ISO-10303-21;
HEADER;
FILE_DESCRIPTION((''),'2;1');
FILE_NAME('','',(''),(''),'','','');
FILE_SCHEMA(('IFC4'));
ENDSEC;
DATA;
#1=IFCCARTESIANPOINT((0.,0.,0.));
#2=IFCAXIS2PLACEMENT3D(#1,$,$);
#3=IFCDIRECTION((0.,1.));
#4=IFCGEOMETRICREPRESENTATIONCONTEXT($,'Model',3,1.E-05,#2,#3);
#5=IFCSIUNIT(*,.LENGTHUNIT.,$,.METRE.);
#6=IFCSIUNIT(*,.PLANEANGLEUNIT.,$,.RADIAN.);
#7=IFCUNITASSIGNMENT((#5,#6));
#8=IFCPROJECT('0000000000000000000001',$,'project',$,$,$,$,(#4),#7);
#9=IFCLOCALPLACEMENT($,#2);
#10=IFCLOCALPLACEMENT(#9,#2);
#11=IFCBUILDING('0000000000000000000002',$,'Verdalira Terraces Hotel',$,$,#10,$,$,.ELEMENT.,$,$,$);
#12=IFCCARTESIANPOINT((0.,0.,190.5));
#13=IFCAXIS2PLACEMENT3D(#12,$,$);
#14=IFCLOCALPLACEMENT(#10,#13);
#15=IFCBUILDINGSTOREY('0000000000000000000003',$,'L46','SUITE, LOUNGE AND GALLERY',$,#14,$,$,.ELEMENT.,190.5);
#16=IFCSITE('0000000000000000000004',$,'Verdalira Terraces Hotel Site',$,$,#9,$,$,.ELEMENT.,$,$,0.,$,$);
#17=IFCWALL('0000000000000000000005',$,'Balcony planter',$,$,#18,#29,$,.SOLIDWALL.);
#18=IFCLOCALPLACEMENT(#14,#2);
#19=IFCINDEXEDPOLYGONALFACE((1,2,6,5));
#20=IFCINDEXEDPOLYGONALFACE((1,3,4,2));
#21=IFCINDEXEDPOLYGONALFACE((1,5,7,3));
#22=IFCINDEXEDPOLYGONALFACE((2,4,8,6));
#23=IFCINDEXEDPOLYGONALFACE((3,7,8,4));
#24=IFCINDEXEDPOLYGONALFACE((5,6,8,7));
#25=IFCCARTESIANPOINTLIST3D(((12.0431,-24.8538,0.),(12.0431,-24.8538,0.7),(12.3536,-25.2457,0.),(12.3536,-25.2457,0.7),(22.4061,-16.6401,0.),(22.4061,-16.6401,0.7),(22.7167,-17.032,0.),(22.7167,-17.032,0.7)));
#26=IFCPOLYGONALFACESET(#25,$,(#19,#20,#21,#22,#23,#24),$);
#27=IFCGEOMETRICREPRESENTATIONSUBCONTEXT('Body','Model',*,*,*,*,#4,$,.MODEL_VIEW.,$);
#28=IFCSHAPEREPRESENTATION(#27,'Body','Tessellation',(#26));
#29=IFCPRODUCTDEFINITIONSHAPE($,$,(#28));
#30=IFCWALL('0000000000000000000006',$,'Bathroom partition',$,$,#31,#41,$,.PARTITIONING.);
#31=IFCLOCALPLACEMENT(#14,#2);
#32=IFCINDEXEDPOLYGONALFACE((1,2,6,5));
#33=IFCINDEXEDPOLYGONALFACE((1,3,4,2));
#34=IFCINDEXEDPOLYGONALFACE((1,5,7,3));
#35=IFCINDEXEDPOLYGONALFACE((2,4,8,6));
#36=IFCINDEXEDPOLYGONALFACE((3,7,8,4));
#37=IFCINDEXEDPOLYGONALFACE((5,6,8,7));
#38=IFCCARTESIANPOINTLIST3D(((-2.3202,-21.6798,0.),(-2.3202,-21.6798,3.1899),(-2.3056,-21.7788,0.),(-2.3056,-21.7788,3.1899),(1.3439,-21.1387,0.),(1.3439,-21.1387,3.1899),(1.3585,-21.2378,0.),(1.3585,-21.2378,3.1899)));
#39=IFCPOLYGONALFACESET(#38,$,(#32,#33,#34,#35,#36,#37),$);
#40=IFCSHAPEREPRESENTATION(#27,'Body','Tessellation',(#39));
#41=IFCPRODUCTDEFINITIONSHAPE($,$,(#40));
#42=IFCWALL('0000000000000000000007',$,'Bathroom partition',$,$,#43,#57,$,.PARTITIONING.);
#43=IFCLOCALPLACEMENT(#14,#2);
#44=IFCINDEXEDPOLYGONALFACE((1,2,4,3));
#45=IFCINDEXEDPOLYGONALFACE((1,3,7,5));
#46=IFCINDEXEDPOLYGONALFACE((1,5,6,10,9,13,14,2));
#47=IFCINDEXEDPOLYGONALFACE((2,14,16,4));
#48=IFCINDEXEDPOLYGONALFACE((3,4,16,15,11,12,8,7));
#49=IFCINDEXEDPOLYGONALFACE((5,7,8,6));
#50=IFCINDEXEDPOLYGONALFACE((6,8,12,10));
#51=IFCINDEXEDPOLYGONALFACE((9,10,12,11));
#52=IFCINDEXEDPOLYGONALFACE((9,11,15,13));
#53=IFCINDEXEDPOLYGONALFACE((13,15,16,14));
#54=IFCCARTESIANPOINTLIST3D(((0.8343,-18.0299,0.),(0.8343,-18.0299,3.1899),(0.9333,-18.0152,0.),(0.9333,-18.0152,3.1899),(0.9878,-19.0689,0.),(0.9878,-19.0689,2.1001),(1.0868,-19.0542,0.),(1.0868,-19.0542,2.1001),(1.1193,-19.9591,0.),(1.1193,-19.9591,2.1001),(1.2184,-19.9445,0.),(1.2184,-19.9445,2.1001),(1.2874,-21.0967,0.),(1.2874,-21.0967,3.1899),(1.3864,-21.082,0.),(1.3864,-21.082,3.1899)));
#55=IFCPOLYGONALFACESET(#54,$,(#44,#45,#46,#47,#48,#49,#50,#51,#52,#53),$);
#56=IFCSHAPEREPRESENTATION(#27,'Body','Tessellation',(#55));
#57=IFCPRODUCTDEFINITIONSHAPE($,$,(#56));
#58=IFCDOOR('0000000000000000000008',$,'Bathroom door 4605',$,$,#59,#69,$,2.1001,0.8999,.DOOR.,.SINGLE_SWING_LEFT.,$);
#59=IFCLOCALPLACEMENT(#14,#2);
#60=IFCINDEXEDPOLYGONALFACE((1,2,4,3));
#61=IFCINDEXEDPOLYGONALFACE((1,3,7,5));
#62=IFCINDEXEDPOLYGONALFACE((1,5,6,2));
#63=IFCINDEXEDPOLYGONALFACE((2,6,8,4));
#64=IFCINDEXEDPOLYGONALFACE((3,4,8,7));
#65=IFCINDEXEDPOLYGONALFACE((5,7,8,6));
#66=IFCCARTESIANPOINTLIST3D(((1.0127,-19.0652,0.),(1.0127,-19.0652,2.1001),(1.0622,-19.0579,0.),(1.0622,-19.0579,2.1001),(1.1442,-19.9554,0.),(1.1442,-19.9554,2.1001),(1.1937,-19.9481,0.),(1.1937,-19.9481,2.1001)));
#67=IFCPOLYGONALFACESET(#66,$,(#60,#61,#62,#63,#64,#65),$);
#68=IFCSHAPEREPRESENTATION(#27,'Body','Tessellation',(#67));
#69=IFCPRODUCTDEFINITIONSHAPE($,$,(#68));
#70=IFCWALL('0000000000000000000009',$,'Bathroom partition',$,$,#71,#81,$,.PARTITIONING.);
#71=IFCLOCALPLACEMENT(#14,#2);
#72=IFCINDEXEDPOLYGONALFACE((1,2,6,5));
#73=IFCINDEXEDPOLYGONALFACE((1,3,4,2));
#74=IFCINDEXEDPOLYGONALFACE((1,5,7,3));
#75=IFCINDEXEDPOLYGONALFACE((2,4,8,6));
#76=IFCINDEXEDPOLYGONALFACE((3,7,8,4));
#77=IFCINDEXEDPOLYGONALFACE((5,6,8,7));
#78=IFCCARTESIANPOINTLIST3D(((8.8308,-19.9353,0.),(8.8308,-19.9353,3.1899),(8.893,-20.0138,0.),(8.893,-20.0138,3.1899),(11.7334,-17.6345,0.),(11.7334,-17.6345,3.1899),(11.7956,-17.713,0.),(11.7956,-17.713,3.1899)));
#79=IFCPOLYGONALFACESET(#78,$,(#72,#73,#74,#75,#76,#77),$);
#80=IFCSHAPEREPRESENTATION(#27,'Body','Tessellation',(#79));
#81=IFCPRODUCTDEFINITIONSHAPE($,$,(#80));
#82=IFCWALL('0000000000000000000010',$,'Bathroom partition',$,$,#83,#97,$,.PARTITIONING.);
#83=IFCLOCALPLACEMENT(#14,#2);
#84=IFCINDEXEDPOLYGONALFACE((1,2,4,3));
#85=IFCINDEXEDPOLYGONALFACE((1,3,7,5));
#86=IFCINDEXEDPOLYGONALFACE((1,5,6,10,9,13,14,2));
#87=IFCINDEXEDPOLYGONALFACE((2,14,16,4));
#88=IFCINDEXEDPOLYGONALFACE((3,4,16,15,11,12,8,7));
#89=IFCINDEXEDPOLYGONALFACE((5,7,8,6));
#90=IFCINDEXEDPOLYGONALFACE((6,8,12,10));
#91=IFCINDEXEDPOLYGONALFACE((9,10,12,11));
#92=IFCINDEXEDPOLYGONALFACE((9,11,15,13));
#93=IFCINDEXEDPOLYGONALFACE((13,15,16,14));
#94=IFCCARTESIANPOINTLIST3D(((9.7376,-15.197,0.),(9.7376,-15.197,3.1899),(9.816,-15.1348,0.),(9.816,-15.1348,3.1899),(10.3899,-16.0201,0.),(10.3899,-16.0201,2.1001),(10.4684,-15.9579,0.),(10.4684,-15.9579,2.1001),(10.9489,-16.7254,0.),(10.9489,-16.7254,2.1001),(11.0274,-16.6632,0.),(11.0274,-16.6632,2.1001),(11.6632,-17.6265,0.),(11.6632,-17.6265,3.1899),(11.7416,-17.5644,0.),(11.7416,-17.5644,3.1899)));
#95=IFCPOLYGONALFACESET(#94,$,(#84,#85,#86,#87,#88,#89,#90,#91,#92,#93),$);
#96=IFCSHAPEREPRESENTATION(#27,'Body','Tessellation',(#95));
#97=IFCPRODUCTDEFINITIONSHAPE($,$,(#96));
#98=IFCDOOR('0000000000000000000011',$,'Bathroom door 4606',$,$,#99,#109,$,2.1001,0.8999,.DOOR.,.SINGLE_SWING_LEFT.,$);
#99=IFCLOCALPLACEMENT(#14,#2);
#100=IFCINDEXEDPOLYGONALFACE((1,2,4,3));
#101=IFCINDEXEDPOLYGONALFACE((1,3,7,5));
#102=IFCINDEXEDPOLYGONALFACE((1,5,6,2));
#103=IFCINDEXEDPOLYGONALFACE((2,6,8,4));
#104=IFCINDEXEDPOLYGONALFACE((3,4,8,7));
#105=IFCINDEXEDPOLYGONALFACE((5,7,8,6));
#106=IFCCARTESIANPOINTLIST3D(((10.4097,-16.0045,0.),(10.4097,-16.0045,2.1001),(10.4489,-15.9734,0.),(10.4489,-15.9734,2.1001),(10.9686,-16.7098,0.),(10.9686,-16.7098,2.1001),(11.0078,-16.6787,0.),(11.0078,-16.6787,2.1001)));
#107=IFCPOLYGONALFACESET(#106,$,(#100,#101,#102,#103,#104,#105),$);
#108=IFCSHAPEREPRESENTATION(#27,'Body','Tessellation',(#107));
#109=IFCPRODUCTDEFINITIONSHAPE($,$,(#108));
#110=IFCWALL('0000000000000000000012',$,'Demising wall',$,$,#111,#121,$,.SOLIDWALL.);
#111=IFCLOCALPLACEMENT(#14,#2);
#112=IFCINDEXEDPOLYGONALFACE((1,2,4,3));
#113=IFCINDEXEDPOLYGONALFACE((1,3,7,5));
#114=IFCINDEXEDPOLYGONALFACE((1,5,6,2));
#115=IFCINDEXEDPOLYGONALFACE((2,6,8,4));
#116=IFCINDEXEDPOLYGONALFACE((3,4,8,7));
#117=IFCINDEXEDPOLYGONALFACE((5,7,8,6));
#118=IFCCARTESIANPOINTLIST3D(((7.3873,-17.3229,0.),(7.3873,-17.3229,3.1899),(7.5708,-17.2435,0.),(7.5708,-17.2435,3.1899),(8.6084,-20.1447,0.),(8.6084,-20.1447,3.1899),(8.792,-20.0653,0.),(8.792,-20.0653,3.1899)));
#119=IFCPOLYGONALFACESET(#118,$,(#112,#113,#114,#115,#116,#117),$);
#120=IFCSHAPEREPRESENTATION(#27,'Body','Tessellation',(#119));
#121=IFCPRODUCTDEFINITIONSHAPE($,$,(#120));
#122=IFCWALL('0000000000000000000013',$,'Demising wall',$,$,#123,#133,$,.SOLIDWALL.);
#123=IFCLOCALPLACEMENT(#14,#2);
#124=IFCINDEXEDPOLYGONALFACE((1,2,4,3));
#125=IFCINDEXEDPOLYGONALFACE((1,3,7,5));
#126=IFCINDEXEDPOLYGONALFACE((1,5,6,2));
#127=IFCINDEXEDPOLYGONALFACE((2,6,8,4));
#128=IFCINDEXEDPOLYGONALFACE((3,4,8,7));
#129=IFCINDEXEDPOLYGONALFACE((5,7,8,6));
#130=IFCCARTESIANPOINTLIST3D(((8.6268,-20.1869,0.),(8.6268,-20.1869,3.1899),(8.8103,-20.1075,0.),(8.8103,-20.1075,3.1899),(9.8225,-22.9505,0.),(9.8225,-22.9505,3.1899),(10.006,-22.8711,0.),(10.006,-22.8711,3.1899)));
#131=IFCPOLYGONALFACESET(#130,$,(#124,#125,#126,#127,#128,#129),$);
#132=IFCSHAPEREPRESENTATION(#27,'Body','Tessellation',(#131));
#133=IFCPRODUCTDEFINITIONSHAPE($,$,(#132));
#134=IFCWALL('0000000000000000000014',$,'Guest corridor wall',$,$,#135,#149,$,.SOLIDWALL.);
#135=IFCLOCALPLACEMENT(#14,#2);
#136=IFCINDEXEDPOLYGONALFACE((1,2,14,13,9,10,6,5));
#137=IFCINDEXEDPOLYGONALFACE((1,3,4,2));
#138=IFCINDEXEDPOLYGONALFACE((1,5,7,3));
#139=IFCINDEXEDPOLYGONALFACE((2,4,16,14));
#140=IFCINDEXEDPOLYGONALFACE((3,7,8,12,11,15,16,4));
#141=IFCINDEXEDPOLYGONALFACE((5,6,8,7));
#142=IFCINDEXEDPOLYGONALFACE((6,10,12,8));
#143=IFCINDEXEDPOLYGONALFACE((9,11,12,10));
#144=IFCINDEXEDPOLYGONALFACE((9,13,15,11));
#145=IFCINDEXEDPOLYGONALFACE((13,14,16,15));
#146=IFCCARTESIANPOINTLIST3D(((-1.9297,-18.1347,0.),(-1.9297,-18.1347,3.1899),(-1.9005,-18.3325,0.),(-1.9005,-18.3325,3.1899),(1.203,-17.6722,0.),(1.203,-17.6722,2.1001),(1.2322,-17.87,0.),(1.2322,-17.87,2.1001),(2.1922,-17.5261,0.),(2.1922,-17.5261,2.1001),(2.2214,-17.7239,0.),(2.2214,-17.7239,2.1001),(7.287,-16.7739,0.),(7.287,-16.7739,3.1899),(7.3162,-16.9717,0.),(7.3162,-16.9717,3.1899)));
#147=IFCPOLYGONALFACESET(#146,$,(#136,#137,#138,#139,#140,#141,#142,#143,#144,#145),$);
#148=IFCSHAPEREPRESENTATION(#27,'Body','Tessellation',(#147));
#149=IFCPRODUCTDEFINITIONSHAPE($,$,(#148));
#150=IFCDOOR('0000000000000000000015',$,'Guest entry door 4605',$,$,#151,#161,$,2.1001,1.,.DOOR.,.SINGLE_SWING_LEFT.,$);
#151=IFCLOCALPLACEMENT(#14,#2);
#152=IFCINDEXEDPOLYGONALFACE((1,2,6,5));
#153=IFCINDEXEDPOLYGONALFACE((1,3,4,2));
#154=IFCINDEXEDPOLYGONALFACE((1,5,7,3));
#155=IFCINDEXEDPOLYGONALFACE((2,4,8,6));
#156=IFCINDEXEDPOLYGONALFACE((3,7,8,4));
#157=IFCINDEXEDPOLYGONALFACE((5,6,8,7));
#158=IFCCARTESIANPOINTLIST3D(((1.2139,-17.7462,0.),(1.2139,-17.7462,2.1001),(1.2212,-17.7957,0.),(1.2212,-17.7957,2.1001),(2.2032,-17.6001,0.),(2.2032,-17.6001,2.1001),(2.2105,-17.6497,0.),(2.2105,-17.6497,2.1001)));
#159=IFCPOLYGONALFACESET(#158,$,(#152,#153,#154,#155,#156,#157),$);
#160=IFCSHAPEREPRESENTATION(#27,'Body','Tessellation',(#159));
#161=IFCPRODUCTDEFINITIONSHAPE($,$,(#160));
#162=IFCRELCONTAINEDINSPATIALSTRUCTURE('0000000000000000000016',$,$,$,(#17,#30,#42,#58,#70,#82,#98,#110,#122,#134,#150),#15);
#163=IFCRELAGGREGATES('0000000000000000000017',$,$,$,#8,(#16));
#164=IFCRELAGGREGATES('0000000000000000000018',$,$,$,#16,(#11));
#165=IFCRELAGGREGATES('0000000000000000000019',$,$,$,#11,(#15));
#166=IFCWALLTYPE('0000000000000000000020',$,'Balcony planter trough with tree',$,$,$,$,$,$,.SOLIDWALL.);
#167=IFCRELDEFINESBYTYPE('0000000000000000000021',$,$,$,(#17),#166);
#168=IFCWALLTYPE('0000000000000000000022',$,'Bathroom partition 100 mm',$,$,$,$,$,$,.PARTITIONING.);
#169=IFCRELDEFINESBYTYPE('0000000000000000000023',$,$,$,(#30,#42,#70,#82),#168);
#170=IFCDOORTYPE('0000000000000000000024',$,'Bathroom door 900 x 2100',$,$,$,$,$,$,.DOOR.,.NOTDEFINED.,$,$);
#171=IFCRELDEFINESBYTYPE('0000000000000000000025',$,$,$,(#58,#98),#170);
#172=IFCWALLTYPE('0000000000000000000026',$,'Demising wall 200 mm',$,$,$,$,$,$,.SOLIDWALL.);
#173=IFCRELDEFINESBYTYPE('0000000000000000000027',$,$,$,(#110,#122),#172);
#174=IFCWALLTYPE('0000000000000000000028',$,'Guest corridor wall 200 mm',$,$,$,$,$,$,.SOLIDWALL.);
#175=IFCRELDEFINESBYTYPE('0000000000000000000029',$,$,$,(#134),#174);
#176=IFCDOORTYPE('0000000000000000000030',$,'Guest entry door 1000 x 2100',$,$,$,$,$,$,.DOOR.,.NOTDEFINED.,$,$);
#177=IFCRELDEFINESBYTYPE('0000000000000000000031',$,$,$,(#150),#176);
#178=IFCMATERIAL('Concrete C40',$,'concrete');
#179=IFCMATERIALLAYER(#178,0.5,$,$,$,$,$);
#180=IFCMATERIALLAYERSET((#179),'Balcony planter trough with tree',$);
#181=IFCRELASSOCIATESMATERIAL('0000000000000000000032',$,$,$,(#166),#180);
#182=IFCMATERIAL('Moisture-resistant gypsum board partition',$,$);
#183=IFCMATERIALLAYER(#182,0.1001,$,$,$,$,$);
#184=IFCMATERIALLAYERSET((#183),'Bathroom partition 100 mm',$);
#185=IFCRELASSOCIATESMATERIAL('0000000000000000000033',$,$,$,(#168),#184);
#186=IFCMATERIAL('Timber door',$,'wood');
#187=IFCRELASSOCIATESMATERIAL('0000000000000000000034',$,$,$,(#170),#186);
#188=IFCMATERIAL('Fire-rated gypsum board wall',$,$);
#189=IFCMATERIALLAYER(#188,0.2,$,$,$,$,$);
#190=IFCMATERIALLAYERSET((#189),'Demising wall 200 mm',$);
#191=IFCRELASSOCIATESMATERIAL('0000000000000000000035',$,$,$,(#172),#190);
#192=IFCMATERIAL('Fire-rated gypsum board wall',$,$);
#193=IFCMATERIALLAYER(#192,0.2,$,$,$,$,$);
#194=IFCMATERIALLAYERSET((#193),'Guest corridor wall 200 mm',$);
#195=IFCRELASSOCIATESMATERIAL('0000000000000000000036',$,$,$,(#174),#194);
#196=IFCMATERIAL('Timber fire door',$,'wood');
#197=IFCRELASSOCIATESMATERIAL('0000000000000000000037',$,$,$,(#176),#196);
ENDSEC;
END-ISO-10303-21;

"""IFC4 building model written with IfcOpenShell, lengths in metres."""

from ifc_helpers import new_model, si_unit, direction, frame, frame_2d, origin, place, context, subcontext, project, spatial, rectangle, extrude, material, layer, layer_set, type_object, element, fill, save


model = new_model("IFC4")

# Units and contexts
model_context = context("Model", 3, precision=1e-05, world=origin(), true_north=direction((0.0, 1.0)))
body_context = subcontext(model_context, "Body", "Model", "MODEL_VIEW")
ifc_project = project(units=[si_unit("LENGTHUNIT", "METRE"), si_unit("PLANEANGLEUNIT", "RADIAN")], contexts=[model_context])

# Site, building, storey
site_placement = place(None, origin())
site = spatial("IfcSite", under=ifc_project, at=site_placement, Name="Verdalira Terraces Hotel Site", CompositionType="ELEMENT", RefElevation=0.0)
building_placement = place(site_placement, origin())
building = spatial("IfcBuilding", under=site, at=building_placement, Name="Verdalira Terraces Hotel", CompositionType="ELEMENT")
storey_placement = place(building_placement, frame((0.0, 0.0, 190.5)))
storey = spatial("IfcBuildingStorey", under=building, at=storey_placement, Name="L46", Description="SUITE, LOUNGE AND GALLERY", CompositionType="ELEMENT", Elevation=190.5)

# Walls
ifc_material_1 = material(Name="Concrete C40", Category="concrete")
ifc_layer_1 = layer(ifc_material_1, 0.5)
ifc_layer_set_1 = layer_set([ifc_layer_1], Name="Balcony planter trough with tree")
wall_type_1 = type_object("IfcWallType", Name="Balcony planter trough with tree", PredefinedType="SOLIDWALL", material=ifc_layer_set_1)
wall_1_placement = place(storey_placement, frame((12.1982, -25.0498, 0.0), z_axis=(0.0, 0.0, 1.0), x_axis=(0.783694, 0.621147, 0.0)))
element("IfcWall", 1, at=wall_1_placement, inside=storey, type_object=wall_type_1, Name="Balcony planter", PredefinedType="SOLIDWALL", context=body_context, shape_type="SweptSolid", body=[
    extrude(rectangle(XDim=13.2234, YDim=0.5, at=frame_2d((6.6118, 0.0))), origin(), (0.0, 0.0, 1.0), 0.7),
])
ifc_material_2 = material(Name="Moisture-resistant gypsum board partition")
ifc_layer_2 = layer(ifc_material_2, 0.1001)
ifc_layer_set_2 = layer_set([ifc_layer_2], Name="Bathroom partition 100 mm")
wall_type_2 = type_object("IfcWallType", Name="Bathroom partition 100 mm", PredefinedType="PARTITIONING", material=ifc_layer_set_2)
wall_2_placement = place(storey_placement, frame((1.3513, -21.1882, 0.0), z_axis=(0.0, 0.0, 1.0), x_axis=(-0.989274, -0.146071, 0.0)))
element("IfcWall", 2, at=wall_2_placement, inside=storey, type_object=wall_type_2, Name="Bathroom partition", PredefinedType="PARTITIONING", context=body_context, shape_type="SweptSolid", body=[
    extrude(rectangle(XDim=3.7039, YDim=0.1001, at=frame_2d((1.8521, 0.0))), origin(), (0.0, 0.0, 1.0), 3.1899),
])

# Wall, opening, door
wall_3_placement = place(storey_placement, frame((1.3369, -21.0894, 0.0), z_axis=(0.0, 0.0, 1.0), x_axis=(-0.146161, 0.989261, 0.0)))
wall_3 = element("IfcWall", 3, at=wall_3_placement, inside=storey, type_object=wall_type_2, Name="Bathroom partition", PredefinedType="PARTITIONING", context=body_context, shape_type="SweptSolid", body=[
    extrude(rectangle(XDim=3.1001, YDim=0.1001, at=frame_2d((1.55, 0.0))), origin(), (0.0, 0.0, 1.0), 3.1899),
])
opening_1_placement = place(wall_3_placement, frame((1.1499, 0.0, 0.0)))
opening_1 = element("IfcOpeningElement", 4, at=opening_1_placement, cuts=wall_3, PredefinedType="OPENING", context=body_context, shape_type="SweptSolid", body=[
    extrude(rectangle(XDim=0.8999, YDim=2.1001, at=frame_2d((0.45, 1.05))), frame((0.0, 0.0601, 0.0), z_axis=(0.0, -1.0, 0.0), x_axis=(1.0, 0.0, 0.0)), (0.0, 0.0, 1.0), 0.1201),
])
ifc_material_3 = material(Name="Timber door", Category="wood")
door_type_1 = type_object("IfcDoorType", Name="Bathroom door 900 x 2100", OperationType="NOTDEFINED", PredefinedType="DOOR", material=ifc_material_3)
door_1_placement = place(opening_1_placement, origin())
door_1 = element("IfcDoor", 5, at=door_1_placement, inside=storey, type_object=door_type_1, Name="Bathroom door 4605", OperationType="SINGLE_SWING_LEFT", OverallHeight=2.1001, OverallWidth=0.8999, PredefinedType="DOOR", context=body_context, shape_type="SweptSolid", body=[
    extrude(rectangle(XDim=0.8999, YDim=2.1001, at=frame_2d((0.45, 1.05))), frame((0.0, 0.0249, 0.0), z_axis=(0.0, -1.0, 0.0), x_axis=(1.0, 0.0, 0.0)), (0.0, 0.0, 1.0), 0.05),
])
fill(opening_1, door_1)

# Wall
wall_4_placement = place(storey_placement, frame((8.8618, -19.9746, 0.0), z_axis=(0.0, 0.0, 1.0), x_axis=(0.783665, 0.621184, 0.0)))
element("IfcWall", 6, at=wall_4_placement, inside=storey, type_object=wall_type_2, Name="Bathroom partition", PredefinedType="PARTITIONING", context=body_context, shape_type="SweptSolid", body=[
    extrude(rectangle(XDim=3.7039, YDim=0.1001, at=frame_2d((1.8521, 0.0))), origin(), (0.0, 0.0, 1.0), 3.1899),
])

# Wall, opening, door
wall_5_placement = place(storey_placement, frame((11.7024, -17.5955, 0.0), z_axis=(0.0, 0.0, 1.0), x_axis=(-0.621145, 0.783696, 0.0)))
wall_5 = element("IfcWall", 7, at=wall_5_placement, inside=storey, type_object=wall_type_2, Name="Bathroom partition", PredefinedType="PARTITIONING", context=body_context, shape_type="SweptSolid", body=[
    extrude(rectangle(XDim=3.1001, YDim=0.1001, at=frame_2d((1.55, 0.0))), origin(), (0.0, 0.0, 1.0), 3.1899),
])
opening_2_placement = place(wall_5_placement, frame((1.1499, 0.0, 0.0)))
opening_2 = element("IfcOpeningElement", 8, at=opening_2_placement, cuts=wall_5, PredefinedType="OPENING", context=body_context, shape_type="SweptSolid", body=[
    extrude(rectangle(XDim=0.8999, YDim=2.1001, at=frame_2d((0.45, 1.05))), frame((0.0, 0.0601, 0.0), z_axis=(0.0, -1.0, 0.0), x_axis=(1.0, 0.0, 0.0)), (0.0, 0.0, 1.0), 0.1201),
])
door_2_placement = place(opening_2_placement, origin())
door_2 = element("IfcDoor", 9, at=door_2_placement, inside=storey, type_object=door_type_1, Name="Bathroom door 4606", OperationType="SINGLE_SWING_LEFT", OverallHeight=2.1001, OverallWidth=0.8999, PredefinedType="DOOR", context=body_context, shape_type="SweptSolid", body=[
    extrude(rectangle(XDim=0.8999, YDim=2.1001, at=frame_2d((0.45, 1.05))), frame((0.0, 0.0249, 0.0), z_axis=(0.0, -1.0, 0.0), x_axis=(1.0, 0.0, 0.0)), (0.0, 0.0, 1.0), 0.05),
])
fill(opening_2, door_2)

# Walls
ifc_material_4 = material(Name="Fire-rated gypsum board wall")
ifc_layer_3 = layer(ifc_material_4, 0.2)
ifc_layer_set_3 = layer_set([ifc_layer_3], Name="Demising wall 200 mm")
wall_type_3 = type_object("IfcWallType", Name="Demising wall 200 mm", PredefinedType="SOLIDWALL", material=ifc_layer_set_3)
wall_6_placement = place(storey_placement, frame((7.479, -17.2832, 0.0), z_axis=(0.0, 0.0, 1.0), x_axis=(0.397175, -0.917743, 0.0)))
element("IfcWall", 10, at=wall_6_placement, inside=storey, type_object=wall_type_3, Name="Demising wall", PredefinedType="SOLIDWALL", context=body_context, shape_type="SweptSolid", body=[
    extrude(rectangle(XDim=3.0747, YDim=0.2, at=frame_2d((1.5374, 0.0))), origin(), (0.0, 0.0, 1.0), 3.1899),
])
wall_7_placement = place(storey_placement, frame((8.7185, -20.1472, 0.0), z_axis=(0.0, 0.0, 1.0), x_axis=(0.397107, -0.917772, 0.0)))
element("IfcWall", 11, at=wall_7_placement, inside=storey, type_object=wall_type_3, Name="Demising wall", PredefinedType="SOLIDWALL", context=body_context, shape_type="SweptSolid", body=[
    extrude(rectangle(XDim=3.0112, YDim=0.2, at=frame_2d((1.5056, 0.0))), origin(), (0.0, 0.0, 1.0), 3.1899),
])

# Wall, opening, door
ifc_material_5 = material(Name="Fire-rated gypsum board wall")
ifc_layer_4 = layer(ifc_material_5, 0.2)
ifc_layer_set_4 = layer_set([ifc_layer_4], Name="Guest corridor wall 200 mm")
wall_type_4 = type_object("IfcWallType", Name="Guest corridor wall 200 mm", PredefinedType="SOLIDWALL", material=ifc_layer_set_4)
wall_8_placement = place(storey_placement, frame((7.3015, -16.8728, 0.0), z_axis=(0.0, 0.0, 1.0), x_axis=(-0.989275, -0.146064, 0.0)))
wall_8 = element("IfcWall", 12, at=wall_8_placement, inside=storey, type_object=wall_type_4, Name="Guest corridor wall", PredefinedType="SOLIDWALL", context=body_context, shape_type="SweptSolid", body=[
    extrude(rectangle(XDim=9.3166, YDim=0.2, at=frame_2d((4.6582, 0.0))), origin(), (0.0, 0.0, 1.0), 3.1899),
])
opening_3_placement = place(wall_8_placement, frame((5.1499, 0.0, 0.0)))
opening_3 = element("IfcOpeningElement", 13, at=opening_3_placement, cuts=wall_8, PredefinedType="OPENING", context=body_context, shape_type="SweptSolid", body=[
    extrude(rectangle(XDim=1.0, YDim=2.1001, at=frame_2d((0.5, 1.05))), frame((0.0, 0.1099, 0.0), z_axis=(0.0, -1.0, 0.0), x_axis=(1.0, 0.0, 0.0)), (0.0, 0.0, 1.0), 0.22),
])
ifc_material_6 = material(Name="Timber fire door", Category="wood")
door_type_2 = type_object("IfcDoorType", Name="Guest entry door 1000 x 2100", OperationType="NOTDEFINED", PredefinedType="DOOR", material=ifc_material_6)
door_3_placement = place(opening_3_placement, origin())
door_3 = element("IfcDoor", 14, at=door_3_placement, inside=storey, type_object=door_type_2, Name="Guest entry door 4605", OperationType="SINGLE_SWING_LEFT", OverallHeight=2.1001, OverallWidth=1.0, PredefinedType="DOOR", context=body_context, shape_type="SweptSolid", body=[
    extrude(rectangle(XDim=1.0, YDim=2.1001, at=frame_2d((0.5, 1.05))), frame((0.0, 0.0249, 0.0), z_axis=(0.0, -1.0, 0.0), x_axis=(1.0, 0.0, 0.0)), (0.0, 0.0, 1.0), 0.05),
])
fill(opening_3, door_3)

save(model, "model.ifc")
